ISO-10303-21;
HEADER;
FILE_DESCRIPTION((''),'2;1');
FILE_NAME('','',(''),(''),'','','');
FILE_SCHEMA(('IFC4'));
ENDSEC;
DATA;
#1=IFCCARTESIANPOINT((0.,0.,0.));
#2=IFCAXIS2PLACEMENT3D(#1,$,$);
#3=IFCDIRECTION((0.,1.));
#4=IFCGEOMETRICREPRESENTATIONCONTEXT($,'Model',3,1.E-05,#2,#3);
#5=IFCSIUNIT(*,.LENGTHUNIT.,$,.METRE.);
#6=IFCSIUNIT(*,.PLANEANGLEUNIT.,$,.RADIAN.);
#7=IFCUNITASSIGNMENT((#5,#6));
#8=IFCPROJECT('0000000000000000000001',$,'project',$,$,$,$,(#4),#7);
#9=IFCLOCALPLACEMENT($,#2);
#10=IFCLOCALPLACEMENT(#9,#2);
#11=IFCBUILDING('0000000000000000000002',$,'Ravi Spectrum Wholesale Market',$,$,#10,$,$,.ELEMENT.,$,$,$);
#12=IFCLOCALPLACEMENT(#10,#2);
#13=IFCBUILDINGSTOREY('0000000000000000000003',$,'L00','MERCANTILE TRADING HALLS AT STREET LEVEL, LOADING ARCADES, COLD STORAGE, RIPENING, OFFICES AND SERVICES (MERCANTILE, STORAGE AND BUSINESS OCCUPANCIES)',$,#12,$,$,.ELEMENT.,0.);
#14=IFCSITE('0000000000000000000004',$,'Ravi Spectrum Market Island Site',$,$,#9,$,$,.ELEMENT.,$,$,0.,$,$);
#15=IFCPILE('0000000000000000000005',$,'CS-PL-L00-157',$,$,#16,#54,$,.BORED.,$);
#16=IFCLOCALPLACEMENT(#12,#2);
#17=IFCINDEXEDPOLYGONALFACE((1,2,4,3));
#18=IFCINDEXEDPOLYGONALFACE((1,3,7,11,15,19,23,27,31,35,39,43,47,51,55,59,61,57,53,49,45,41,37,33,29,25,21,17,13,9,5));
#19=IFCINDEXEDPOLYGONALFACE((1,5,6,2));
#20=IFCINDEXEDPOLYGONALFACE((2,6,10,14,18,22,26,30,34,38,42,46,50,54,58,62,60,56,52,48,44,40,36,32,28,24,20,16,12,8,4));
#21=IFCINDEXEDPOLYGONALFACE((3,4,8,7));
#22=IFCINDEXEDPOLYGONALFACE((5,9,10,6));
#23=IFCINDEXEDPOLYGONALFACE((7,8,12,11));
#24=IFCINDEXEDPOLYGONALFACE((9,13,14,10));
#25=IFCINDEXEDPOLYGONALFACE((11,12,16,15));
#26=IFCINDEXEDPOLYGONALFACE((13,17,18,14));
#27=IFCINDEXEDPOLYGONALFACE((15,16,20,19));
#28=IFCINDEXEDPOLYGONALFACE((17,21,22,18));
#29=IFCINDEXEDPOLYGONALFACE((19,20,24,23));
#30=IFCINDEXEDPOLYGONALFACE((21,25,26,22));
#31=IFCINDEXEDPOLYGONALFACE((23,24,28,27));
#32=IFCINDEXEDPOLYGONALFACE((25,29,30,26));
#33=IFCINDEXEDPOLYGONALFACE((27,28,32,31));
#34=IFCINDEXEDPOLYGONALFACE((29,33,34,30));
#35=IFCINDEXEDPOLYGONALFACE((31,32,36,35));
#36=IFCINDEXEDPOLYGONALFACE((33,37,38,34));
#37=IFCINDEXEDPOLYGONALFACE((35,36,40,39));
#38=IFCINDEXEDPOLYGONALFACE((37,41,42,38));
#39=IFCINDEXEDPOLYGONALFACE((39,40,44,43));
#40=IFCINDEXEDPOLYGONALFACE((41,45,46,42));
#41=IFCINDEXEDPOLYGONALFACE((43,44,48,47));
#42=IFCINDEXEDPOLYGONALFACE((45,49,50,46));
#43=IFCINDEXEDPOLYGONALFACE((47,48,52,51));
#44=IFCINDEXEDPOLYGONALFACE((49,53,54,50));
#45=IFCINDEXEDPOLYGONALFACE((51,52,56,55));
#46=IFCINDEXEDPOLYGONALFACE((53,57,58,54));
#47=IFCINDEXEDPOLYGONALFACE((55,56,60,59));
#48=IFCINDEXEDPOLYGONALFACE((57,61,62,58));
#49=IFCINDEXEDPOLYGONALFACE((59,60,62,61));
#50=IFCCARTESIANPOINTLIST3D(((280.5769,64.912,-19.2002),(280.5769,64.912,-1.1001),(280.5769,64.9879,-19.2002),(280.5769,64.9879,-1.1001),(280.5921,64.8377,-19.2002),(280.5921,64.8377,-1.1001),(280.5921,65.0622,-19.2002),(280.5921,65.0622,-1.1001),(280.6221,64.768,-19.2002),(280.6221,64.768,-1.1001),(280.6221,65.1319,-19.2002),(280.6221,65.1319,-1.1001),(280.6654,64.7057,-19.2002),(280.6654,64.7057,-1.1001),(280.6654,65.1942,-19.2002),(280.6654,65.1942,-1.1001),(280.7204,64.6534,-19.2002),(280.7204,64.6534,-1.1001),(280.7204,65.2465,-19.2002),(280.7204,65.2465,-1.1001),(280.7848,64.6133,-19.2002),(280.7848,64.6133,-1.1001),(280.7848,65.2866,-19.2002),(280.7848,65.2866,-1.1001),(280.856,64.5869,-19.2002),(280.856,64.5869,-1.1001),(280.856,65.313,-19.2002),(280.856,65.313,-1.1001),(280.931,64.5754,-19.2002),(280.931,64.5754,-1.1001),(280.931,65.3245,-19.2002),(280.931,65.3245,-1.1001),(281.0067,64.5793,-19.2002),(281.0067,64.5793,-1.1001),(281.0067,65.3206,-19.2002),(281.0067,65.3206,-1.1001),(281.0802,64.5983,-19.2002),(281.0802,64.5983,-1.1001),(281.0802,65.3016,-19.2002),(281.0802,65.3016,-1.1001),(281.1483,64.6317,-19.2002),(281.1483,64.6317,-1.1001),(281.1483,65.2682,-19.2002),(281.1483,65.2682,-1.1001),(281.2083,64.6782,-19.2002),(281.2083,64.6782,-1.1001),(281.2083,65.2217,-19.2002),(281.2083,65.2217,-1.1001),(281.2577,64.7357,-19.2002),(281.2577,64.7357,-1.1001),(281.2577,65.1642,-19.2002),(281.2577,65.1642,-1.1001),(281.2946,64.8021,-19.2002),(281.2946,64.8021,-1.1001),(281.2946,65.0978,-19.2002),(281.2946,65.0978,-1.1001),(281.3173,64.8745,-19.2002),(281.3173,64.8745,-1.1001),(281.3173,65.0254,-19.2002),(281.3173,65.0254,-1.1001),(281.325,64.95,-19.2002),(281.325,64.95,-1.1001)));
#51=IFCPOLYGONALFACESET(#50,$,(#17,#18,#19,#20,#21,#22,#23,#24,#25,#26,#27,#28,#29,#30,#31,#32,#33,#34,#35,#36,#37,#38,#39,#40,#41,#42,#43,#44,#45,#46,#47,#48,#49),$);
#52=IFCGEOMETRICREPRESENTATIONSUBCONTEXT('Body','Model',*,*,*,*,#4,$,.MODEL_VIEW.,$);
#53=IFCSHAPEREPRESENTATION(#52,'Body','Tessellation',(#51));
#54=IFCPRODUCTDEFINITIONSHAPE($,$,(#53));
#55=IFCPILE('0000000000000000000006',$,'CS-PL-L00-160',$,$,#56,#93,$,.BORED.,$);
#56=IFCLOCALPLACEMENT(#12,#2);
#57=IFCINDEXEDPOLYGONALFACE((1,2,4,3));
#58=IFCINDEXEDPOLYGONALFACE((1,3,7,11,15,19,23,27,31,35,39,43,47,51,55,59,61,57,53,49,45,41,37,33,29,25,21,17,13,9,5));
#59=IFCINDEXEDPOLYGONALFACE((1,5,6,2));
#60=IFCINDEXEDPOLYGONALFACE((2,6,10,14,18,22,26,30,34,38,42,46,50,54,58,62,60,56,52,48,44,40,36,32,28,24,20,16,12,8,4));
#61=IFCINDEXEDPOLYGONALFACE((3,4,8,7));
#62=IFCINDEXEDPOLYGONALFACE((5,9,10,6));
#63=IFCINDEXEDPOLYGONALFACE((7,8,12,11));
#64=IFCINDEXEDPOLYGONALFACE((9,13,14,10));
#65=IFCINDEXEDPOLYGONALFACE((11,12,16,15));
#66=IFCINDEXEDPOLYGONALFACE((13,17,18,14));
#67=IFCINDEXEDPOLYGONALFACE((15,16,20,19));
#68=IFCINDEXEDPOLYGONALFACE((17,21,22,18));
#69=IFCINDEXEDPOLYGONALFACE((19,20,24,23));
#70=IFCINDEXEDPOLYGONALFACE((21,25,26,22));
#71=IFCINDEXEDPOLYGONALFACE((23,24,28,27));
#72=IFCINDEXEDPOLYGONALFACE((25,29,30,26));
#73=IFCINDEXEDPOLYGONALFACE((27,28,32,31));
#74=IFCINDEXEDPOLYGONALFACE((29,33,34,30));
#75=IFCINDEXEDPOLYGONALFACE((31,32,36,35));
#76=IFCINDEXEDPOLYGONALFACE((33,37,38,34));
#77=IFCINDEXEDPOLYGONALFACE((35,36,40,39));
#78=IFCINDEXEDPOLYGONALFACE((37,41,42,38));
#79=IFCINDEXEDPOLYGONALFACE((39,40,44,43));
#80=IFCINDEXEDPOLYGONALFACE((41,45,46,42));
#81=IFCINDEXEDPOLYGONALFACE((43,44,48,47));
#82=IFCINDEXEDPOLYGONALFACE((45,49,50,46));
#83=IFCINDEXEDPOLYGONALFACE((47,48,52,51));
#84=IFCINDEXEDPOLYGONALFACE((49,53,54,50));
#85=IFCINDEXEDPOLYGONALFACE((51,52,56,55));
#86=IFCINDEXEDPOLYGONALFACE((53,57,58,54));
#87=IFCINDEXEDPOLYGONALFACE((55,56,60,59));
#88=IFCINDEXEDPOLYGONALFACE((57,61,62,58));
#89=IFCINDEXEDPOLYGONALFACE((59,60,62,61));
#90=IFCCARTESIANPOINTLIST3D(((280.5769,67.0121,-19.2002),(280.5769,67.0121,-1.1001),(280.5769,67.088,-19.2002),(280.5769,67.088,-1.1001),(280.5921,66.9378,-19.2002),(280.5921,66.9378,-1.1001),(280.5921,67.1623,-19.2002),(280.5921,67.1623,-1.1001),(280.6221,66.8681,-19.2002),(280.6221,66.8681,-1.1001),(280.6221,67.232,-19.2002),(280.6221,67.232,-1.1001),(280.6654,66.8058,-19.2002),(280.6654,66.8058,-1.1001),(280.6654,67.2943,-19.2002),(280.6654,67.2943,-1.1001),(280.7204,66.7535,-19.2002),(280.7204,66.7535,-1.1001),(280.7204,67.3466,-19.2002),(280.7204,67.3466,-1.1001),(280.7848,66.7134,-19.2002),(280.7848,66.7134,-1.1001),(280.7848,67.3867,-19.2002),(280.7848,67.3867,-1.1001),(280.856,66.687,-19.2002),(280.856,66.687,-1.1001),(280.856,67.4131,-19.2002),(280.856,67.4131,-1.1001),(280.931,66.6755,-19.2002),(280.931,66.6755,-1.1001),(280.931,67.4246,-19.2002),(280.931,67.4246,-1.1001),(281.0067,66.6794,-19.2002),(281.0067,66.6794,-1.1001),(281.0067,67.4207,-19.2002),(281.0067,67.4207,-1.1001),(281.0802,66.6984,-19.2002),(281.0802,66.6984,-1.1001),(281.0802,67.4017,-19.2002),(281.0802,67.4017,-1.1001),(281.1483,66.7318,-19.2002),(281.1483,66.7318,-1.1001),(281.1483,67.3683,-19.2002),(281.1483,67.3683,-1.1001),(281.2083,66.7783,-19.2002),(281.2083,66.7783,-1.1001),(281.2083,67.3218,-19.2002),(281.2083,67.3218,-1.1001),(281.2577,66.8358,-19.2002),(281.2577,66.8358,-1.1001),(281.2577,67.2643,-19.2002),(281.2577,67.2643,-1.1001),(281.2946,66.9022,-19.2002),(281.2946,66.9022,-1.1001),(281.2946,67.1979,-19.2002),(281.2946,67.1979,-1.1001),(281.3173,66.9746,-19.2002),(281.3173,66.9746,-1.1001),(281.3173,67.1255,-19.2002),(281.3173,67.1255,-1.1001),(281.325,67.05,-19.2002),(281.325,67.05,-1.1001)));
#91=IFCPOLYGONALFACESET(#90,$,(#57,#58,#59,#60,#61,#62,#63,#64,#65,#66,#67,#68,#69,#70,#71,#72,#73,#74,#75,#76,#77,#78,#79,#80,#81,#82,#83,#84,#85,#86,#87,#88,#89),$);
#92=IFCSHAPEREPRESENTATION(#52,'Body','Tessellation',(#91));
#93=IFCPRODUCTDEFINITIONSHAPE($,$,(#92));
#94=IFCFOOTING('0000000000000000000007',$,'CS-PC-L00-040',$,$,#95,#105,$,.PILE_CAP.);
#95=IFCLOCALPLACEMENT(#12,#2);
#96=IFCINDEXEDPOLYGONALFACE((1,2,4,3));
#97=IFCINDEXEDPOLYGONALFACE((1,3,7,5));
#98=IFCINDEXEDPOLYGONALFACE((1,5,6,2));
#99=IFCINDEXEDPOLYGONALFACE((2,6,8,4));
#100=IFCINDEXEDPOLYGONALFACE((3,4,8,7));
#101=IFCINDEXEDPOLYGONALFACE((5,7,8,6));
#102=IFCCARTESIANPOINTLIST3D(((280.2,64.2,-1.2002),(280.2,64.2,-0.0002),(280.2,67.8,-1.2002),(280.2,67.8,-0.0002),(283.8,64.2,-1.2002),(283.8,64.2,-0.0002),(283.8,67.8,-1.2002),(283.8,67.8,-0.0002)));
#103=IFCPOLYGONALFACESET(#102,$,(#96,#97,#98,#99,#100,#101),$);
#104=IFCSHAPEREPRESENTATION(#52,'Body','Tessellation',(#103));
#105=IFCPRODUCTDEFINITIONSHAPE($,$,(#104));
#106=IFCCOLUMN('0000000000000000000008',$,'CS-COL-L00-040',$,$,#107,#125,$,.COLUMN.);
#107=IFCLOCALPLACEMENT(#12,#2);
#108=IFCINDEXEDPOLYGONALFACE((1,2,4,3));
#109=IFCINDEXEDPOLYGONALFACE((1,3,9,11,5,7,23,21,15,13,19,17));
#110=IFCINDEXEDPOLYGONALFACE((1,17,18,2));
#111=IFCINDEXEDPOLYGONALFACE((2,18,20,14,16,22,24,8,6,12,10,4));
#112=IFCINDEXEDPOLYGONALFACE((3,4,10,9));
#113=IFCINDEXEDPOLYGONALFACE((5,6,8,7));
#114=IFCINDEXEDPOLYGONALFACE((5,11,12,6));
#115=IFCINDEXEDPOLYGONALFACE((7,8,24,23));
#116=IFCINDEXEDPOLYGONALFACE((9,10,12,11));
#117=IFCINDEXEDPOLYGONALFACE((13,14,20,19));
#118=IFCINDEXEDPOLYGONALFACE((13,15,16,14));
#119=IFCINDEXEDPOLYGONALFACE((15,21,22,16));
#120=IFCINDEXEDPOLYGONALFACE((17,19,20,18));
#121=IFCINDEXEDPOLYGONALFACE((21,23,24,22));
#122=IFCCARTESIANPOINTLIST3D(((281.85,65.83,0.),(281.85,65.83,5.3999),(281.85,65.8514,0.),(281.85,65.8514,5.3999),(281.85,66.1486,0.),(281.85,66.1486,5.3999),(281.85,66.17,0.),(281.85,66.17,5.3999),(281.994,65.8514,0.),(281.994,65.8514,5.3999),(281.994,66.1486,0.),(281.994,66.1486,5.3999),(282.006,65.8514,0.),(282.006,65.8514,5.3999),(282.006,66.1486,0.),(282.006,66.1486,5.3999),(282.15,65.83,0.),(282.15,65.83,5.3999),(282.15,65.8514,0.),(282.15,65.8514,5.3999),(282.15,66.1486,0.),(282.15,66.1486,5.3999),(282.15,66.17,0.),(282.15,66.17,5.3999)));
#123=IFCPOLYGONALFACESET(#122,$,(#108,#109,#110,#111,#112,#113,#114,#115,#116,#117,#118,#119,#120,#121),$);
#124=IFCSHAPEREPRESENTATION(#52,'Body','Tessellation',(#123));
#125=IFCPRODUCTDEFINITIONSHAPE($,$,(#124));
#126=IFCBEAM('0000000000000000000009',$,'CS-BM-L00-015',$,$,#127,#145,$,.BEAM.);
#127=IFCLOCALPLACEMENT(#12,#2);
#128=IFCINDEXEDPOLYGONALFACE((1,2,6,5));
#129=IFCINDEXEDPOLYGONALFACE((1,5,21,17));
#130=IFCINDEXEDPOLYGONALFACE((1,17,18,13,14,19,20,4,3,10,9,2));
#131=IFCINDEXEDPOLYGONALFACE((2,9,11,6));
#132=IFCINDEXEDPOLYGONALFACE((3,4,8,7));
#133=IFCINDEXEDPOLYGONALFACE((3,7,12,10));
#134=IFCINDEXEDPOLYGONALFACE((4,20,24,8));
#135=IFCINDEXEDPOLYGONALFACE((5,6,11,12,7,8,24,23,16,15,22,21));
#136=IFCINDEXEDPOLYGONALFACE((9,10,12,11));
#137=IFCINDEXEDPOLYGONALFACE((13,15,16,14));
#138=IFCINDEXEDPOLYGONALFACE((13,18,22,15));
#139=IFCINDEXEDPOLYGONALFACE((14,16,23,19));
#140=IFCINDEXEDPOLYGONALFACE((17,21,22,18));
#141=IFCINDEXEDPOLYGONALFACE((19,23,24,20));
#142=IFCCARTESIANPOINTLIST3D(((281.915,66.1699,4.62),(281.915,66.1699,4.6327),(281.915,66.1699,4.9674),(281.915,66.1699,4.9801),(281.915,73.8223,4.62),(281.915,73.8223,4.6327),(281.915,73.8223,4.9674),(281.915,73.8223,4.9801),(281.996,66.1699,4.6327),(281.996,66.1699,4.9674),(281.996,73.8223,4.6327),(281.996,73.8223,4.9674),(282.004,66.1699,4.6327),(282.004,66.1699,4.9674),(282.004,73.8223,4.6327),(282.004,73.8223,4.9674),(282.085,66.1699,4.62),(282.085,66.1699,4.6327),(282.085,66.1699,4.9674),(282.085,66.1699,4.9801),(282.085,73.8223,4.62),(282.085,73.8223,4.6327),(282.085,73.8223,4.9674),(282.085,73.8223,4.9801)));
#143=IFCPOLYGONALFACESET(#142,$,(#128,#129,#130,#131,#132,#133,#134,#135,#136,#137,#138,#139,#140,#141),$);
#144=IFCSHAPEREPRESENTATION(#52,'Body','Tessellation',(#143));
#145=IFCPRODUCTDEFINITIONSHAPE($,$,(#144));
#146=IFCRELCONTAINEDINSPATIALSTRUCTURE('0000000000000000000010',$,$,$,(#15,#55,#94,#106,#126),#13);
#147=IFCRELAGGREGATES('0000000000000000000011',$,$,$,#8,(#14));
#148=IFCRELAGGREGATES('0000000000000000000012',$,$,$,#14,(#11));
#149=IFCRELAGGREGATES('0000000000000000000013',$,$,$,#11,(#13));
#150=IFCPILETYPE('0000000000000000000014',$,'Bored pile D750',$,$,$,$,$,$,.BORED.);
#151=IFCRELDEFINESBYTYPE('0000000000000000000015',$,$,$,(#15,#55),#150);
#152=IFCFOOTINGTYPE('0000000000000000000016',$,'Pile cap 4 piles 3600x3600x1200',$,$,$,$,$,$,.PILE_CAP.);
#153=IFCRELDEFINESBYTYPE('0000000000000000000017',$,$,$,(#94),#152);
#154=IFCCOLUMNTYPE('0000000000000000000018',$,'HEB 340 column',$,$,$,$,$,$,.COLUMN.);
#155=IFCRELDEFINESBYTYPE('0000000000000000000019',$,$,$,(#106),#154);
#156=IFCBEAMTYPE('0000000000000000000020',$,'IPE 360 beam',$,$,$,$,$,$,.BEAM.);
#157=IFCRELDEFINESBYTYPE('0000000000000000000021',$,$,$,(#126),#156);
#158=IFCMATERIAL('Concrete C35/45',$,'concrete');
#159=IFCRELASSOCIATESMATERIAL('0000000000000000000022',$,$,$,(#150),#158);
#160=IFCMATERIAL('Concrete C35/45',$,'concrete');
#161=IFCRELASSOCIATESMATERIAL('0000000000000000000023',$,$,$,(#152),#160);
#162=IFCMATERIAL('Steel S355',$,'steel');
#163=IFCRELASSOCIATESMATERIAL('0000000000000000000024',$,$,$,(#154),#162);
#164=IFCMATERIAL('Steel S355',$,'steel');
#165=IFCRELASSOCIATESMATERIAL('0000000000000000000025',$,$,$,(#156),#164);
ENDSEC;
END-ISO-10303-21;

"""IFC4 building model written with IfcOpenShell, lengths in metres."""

from ifc_helpers import new_model, si_unit, direction, frame, origin, origin_2d, place, context, subcontext, project, spatial, rectangle, circle, i_section, extrude, material, material_profile, profile_set, type_object, element, save


model = new_model("IFC4")

# Units and contexts
model_context = context("Model", 3, precision=1e-05, world=origin(), true_north=direction((0.0, 1.0)))
body_context = subcontext(model_context, "Body", "Model", "MODEL_VIEW")
ifc_project = project(units=[si_unit("LENGTHUNIT", "METRE"), si_unit("PLANEANGLEUNIT", "RADIAN")], contexts=[model_context])

# Site, building, storey
site_placement = place(None, origin())
site = spatial("IfcSite", under=ifc_project, at=site_placement, Name="Ravi Spectrum Market Island Site", CompositionType="ELEMENT", RefElevation=0.0)
building_placement = place(site_placement, origin())
building = spatial("IfcBuilding", under=site, at=building_placement, Name="Ravi Spectrum Wholesale Market", CompositionType="ELEMENT")
storey_placement = place(building_placement, origin())
storey = spatial("IfcBuildingStorey", under=building, at=storey_placement, Name="L00", Description="MERCANTILE TRADING HALLS AT STREET LEVEL, LOADING ARCADES, COLD STORAGE, RIPENING, OFFICES AND SERVICES (MERCANTILE, STORAGE AND BUSINESS OCCUPANCIES)", CompositionType="ELEMENT", Elevation=0.0)

# Piles
ifc_material_1 = material(Name="Concrete C35/45", Category="concrete")
ifc_material_profile_1 = material_profile(ifc_material_1, circle(Radius=0.375, at=origin_2d()))
ifc_profile_set_1 = profile_set([ifc_material_profile_1], Name="Concrete C35/45")
pile_type = type_object("IfcPileType", Name="Bored pile D750", PredefinedType="BORED", material=ifc_profile_set_1)
for number, where, z_axis, x_axis, name in (
    (1, (280.95, 64.95, -1.1001), (0.0, 0.0, -1.0), (1.0, 0.0, 0.0), "CS-PL-L00-157"),
    (2, (280.95, 67.05, -1.1001), (0.0, 0.0, -1.0), (1.0, 0.0, 0.0), "CS-PL-L00-160"),
):
    element("IfcPile", number, at=place(storey_placement, frame(where, z_axis=z_axis, x_axis=x_axis)), inside=storey, type_object=pile_type, Name=name, PredefinedType="BORED", context=body_context, shape_type="SweptSolid", body=[
        extrude(circle(Radius=0.375, at=origin_2d()), origin(), (0.0, 0.0, 1.0), 18.1001),
    ])

# Footing
ifc_material_2 = material(Name="Concrete C35/45", Category="concrete")
footing_type = type_object("IfcFootingType", Name="Pile cap 4 piles 3600x3600x1200", PredefinedType="PILE_CAP", material=ifc_material_2)
footing_placement = place(storey_placement, frame((282.0, 66.0, -1.2002), z_axis=(0.0, 0.0, 1.0), x_axis=(1.0, 0.0, 0.0)))
element("IfcFooting", 3, at=footing_placement, inside=storey, type_object=footing_type, Name="CS-PC-L00-040", PredefinedType="PILE_CAP", context=body_context, shape_type="SweptSolid", body=[
    extrude(rectangle(XDim=3.6001, YDim=3.6001, at=origin_2d()), origin(), (0.0, 0.0, 1.0), 1.2),
])

# Column
ifc_material_3 = material(Name="Steel S355", Category="steel")
ifc_material_profile_2 = material_profile(ifc_material_3, i_section(OverallWidth=0.3, OverallDepth=0.3401, WebThickness=0.012, FlangeThickness=0.0215, at=origin_2d()))
ifc_profile_set_2 = profile_set([ifc_material_profile_2], Name="Steel S355")
column_type = type_object("IfcColumnType", Name="HEB 340 column", PredefinedType="COLUMN", material=ifc_profile_set_2)
column_placement = place(storey_placement, frame((282.0, 66.0, 0.0), z_axis=(0.0, 0.0, 1.0), x_axis=(1.0, 0.0, 0.0)))
element("IfcColumn", 4, at=column_placement, inside=storey, type_object=column_type, Name="CS-COL-L00-040", PredefinedType="COLUMN", context=body_context, shape_type="SweptSolid", body=[
    extrude(i_section(OverallWidth=0.3, OverallDepth=0.3401, WebThickness=0.012, FlangeThickness=0.0215, at=origin_2d()), origin(), (0.0, 0.0, 1.0), 5.3999),
])

# Beam
ifc_material_4 = material(Name="Steel S355", Category="steel")
ifc_material_profile_3 = material_profile(ifc_material_4, i_section(OverallWidth=0.1699, OverallDepth=0.3601, WebThickness=0.0081, FlangeThickness=0.0127, at=origin_2d()))
ifc_profile_set_3 = profile_set([ifc_material_profile_3], Name="Steel S355")
beam_type = type_object("IfcBeamType", Name="IPE 360 beam", PredefinedType="BEAM", material=ifc_profile_set_3)
beam_placement = place(storey_placement, frame((282.0, 66.1699, 4.8), z_axis=(0.0, 1.0, 0.0), x_axis=(-1.0, 0.0, 0.0)))
element("IfcBeam", 5, at=beam_placement, inside=storey, type_object=beam_type, Name="CS-BM-L00-015", PredefinedType="BEAM", context=body_context, shape_type="SweptSolid", body=[
    extrude(i_section(OverallWidth=0.1699, OverallDepth=0.3601, WebThickness=0.0081, FlangeThickness=0.0127, at=origin_2d()), origin(), (0.0, 0.0, 1.0), 7.6523),
])

save(model, "model.ifc")
